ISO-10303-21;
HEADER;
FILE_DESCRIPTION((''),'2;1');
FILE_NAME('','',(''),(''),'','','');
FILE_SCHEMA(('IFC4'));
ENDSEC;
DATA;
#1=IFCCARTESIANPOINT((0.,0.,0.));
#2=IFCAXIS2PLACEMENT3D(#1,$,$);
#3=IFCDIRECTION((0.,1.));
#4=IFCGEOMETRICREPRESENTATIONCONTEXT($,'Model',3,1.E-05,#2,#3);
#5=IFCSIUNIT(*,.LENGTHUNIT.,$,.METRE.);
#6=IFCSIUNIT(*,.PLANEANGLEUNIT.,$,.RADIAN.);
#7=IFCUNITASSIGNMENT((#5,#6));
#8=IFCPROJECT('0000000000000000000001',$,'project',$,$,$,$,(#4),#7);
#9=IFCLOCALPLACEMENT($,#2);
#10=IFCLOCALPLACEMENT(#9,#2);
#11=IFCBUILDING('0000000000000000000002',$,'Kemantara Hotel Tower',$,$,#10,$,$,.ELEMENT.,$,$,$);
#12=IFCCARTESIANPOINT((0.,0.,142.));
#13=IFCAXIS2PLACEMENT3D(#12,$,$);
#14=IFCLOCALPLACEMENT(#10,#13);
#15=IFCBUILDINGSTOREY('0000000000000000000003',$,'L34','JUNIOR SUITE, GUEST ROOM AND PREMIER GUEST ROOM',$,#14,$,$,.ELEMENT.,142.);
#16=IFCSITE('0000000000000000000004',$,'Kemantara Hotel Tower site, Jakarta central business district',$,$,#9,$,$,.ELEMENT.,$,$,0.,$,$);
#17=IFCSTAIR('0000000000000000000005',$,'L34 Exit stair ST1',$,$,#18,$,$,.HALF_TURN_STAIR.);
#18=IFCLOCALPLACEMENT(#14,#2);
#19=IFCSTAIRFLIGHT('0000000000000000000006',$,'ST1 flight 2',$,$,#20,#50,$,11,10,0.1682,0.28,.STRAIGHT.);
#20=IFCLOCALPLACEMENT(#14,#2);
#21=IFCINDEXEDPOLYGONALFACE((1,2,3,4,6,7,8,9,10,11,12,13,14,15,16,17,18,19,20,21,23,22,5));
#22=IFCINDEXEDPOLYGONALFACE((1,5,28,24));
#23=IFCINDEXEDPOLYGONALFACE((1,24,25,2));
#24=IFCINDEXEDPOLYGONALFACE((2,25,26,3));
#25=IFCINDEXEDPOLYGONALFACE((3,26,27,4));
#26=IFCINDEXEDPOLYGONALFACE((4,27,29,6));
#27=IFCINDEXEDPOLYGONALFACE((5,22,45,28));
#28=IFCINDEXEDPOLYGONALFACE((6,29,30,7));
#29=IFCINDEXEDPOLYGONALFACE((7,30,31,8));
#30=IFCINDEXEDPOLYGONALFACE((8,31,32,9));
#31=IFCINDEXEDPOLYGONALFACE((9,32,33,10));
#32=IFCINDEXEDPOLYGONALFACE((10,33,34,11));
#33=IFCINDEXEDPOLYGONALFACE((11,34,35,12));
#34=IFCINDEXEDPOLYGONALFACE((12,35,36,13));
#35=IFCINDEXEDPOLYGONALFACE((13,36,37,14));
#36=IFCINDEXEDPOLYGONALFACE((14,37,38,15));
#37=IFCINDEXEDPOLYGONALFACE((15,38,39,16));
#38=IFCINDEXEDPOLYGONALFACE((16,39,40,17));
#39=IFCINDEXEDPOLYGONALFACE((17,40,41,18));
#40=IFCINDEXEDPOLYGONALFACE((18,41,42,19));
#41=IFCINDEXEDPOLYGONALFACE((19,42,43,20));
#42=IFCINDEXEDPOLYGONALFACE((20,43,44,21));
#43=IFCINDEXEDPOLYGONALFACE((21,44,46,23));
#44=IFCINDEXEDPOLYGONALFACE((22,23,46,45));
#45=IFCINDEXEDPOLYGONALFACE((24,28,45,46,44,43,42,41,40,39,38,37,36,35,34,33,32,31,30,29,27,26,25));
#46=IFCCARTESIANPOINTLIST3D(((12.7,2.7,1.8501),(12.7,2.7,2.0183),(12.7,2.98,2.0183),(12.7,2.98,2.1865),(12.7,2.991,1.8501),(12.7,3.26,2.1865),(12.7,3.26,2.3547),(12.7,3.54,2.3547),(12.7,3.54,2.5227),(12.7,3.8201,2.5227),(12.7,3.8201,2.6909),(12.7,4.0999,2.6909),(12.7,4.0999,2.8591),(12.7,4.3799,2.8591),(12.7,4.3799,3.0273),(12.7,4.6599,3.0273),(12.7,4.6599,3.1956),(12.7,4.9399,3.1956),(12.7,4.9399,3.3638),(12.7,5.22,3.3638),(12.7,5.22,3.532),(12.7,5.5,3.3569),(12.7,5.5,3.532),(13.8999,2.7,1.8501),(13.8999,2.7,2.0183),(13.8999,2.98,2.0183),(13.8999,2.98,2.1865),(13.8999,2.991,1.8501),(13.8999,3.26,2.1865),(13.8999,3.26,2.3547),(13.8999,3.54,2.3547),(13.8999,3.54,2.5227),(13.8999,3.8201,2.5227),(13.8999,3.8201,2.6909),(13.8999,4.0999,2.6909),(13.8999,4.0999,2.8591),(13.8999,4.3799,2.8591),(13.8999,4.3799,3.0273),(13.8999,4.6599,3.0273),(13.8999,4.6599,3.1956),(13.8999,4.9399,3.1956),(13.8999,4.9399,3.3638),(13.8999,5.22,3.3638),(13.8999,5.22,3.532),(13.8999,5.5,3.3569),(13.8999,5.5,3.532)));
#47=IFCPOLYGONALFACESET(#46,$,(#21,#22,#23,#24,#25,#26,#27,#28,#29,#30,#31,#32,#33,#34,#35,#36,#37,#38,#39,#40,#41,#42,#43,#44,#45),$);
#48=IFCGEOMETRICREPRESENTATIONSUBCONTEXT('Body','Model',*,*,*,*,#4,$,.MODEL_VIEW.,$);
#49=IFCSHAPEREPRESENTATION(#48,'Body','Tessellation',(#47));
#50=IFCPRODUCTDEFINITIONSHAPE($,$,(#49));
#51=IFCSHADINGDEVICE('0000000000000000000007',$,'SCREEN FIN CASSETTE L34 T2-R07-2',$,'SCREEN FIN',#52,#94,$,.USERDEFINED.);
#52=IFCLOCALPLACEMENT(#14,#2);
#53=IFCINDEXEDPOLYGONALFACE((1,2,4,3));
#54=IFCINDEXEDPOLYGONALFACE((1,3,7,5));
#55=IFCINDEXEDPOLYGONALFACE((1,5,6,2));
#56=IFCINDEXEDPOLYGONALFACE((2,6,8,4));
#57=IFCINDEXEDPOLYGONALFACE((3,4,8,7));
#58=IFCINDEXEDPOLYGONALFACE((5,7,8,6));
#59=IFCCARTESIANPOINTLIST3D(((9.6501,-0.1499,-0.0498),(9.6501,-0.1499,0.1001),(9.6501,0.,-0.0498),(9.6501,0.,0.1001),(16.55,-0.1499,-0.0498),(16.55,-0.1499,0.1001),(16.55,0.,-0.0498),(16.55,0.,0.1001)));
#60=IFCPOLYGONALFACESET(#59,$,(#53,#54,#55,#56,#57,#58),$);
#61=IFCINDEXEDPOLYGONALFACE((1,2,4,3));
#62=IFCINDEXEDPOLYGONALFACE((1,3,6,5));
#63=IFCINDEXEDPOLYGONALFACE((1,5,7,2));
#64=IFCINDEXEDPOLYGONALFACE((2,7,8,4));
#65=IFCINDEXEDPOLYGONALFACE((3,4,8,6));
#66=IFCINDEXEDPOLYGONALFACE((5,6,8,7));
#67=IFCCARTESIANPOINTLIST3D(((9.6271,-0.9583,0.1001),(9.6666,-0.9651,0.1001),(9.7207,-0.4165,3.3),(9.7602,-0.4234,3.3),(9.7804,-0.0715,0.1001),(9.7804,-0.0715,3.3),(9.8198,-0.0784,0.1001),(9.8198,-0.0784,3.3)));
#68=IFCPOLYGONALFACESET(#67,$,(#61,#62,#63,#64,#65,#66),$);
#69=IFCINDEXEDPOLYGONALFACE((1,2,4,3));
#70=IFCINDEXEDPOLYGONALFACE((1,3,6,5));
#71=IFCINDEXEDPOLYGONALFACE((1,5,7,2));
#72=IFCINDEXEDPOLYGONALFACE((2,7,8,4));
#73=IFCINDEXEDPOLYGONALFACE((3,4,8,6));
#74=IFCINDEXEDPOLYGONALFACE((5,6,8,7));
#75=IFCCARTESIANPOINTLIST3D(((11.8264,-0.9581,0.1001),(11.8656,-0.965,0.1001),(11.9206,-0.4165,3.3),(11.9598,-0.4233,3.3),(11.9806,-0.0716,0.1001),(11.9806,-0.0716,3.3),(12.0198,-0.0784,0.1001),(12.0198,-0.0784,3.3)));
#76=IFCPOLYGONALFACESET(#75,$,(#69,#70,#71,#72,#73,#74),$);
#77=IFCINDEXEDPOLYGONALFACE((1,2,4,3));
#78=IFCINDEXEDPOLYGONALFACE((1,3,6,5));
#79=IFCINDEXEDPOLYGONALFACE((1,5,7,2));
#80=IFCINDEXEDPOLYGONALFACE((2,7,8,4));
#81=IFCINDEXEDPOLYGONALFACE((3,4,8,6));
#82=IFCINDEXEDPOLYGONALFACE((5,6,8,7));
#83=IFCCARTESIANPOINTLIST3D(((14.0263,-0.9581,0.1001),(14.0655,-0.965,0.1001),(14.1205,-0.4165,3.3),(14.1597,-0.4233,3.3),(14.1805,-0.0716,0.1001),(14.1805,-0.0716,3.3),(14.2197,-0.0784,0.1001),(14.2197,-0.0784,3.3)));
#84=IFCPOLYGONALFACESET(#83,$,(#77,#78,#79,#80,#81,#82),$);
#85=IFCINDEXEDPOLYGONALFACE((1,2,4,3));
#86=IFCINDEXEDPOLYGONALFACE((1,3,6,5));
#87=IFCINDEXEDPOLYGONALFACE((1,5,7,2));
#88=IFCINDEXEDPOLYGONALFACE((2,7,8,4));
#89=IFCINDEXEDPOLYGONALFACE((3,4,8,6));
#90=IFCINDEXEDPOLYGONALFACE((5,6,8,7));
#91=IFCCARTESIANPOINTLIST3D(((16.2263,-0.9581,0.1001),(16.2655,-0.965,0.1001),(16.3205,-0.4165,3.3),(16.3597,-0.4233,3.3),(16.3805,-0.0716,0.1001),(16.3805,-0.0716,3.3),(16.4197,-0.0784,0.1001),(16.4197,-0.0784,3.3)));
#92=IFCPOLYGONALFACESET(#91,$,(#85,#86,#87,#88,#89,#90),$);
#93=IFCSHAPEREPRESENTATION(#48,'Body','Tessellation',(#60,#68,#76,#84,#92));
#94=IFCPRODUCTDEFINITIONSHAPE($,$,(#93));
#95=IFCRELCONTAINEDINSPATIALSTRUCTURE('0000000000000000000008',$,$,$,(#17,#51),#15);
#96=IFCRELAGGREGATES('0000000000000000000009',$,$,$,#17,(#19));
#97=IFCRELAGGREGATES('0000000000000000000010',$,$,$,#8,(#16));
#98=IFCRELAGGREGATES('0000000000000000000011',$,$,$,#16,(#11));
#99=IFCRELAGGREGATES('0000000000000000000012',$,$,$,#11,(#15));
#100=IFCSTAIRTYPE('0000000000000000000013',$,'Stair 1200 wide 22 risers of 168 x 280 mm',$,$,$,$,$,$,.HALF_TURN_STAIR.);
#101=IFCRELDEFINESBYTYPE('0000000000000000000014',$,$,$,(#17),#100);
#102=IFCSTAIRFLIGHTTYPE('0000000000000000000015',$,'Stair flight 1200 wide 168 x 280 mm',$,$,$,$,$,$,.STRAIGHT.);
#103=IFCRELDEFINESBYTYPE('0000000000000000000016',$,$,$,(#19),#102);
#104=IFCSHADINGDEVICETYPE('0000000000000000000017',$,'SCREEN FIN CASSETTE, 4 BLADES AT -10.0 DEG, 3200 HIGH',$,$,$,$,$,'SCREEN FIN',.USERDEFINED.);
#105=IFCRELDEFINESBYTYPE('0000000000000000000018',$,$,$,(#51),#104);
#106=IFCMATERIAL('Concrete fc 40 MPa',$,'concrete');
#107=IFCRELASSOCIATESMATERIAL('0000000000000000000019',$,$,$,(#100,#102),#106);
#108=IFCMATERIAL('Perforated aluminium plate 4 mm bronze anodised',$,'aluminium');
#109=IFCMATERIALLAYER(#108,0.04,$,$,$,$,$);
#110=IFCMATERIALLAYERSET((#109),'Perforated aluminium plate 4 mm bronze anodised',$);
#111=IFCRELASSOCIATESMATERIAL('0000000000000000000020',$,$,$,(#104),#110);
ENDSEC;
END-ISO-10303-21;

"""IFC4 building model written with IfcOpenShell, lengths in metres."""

from ifc_helpers import new_model, si_unit, direction, frame, origin, origin_2d, place, context, subcontext, project, spatial, polyline, rectangle, outline, extrude, source, transform, mapped, material, layer, layer_set, type_object, element, aggregate, save


model = new_model("IFC4")

# Units and contexts
model_context = context("Model", 3, precision=1e-05, world=origin(), true_north=direction((0.0, 1.0)))
body_context = subcontext(model_context, "Body", "Model", "MODEL_VIEW")
ifc_project = project(units=[si_unit("LENGTHUNIT", "METRE"), si_unit("PLANEANGLEUNIT", "RADIAN")], contexts=[model_context])

# Site, building, storey
site_placement = place(None, origin())
site = spatial("IfcSite", under=ifc_project, at=site_placement, Name="Kemantara Hotel Tower site, Jakarta central business district", CompositionType="ELEMENT", RefElevation=0.0)
building_placement = place(site_placement, origin())
building = spatial("IfcBuilding", under=site, at=building_placement, Name="Kemantara Hotel Tower", CompositionType="ELEMENT")
storey_placement = place(building_placement, frame((0.0, 0.0, 142.0)))
storey = spatial("IfcBuildingStorey", under=building, at=storey_placement, Name="L34", Description="JUNIOR SUITE, GUEST ROOM AND PREMIER GUEST ROOM", CompositionType="ELEMENT", Elevation=142.0)

# Stair, stair flight
ifc_material_1 = material(Name="Concrete fc 40 MPa", Category="concrete")
stair_type = type_object("IfcStairType", Name="Stair 1200 wide 22 risers of 168 x 280 mm", PredefinedType="HALF_TURN_STAIR", material=ifc_material_1)
stair_placement = place(storey_placement, origin())
stair = element("IfcStair", 1, at=stair_placement, inside=storey, type_object=stair_type, Name="L34 Exit stair ST1", PredefinedType="HALF_TURN_STAIR")
stair_flight_type = type_object("IfcStairFlightType", Name="Stair flight 1200 wide 168 x 280 mm", PredefinedType="STRAIGHT", material=ifc_material_1)
stair_flight_placement = place(storey_placement, frame((13.3, 2.7, 1.8501), z_axis=(0.0, 0.0, 1.0), x_axis=(0.0, 1.0, 0.0)))
stair_flight = element("IfcStairFlight", 2, at=stair_flight_placement, type_object=stair_flight_type, Name="ST1 flight 2", NumberOfRisers=11, NumberOfTreads=10, PredefinedType="STRAIGHT", RiserHeight=0.1682, TreadLength=0.28, context=body_context, shape_type="SweptSolid", body=[
    extrude(outline(polyline([(0.0, 0.0), (0.0, 0.1682), (0.28, 0.1682), (0.28, 0.3364), (0.5601, 0.3364), (0.5601, 0.5046), (0.8401, 0.5046), (0.8401, 0.6726), (1.1201, 0.6726), (1.1201, 0.8408), (1.3999, 0.8408), (1.3999, 1.009), (1.6799, 1.009), (1.6799, 1.1772), (1.96, 1.1772), (1.96, 1.3455), (2.24, 1.3455), (2.24, 1.5137), (2.52, 1.5137), (2.52, 1.6819), (2.8, 1.6819), (2.8, 1.8501), (2.8, 1.5068), (0.291, 0.0), (0.0, 0.0)])), frame((0.0, 0.6001, 0.0), z_axis=(0.0, -1.0, 0.0), x_axis=(1.0, 0.0, 0.0)), (0.0, 0.0, 1.0), 1.2),
])
aggregate(stair, [stair_flight])

# Shading device
ifc_material_2 = material(Name="Perforated aluminium plate 4 mm bronze anodised", Category="aluminium")
ifc_layer_1 = layer(ifc_material_2, 0.04)
ifc_layer_set_1 = layer_set([ifc_layer_1], Name="Perforated aluminium plate 4 mm bronze anodised")
shading_device_type = type_object("IfcShadingDeviceType", Name="SCREEN FIN CASSETTE, 4 BLADES AT -10.0 DEG, 3200 HIGH", ElementType="SCREEN FIN", PredefinedType="USERDEFINED", material=ifc_layer_set_1)
shared_shape = source(origin(), body_context, "Body", "SweptSolid", [
    extrude(rectangle(XDim=6.8999, YDim=0.1499, at=origin_2d()), frame((3.3, -0.075, -0.1499), z_axis=(0.0, 0.0, 1.0), x_axis=(1.0, 0.0, 0.0)), (0.0, 0.0, 1.0), 0.1499),
    extrude(outline(polyline([(0.0, 0.0), (0.8999, 0.0), (0.3501, 3.2), (0.0, 3.2), (0.0, 0.0)])), frame((0.0198, -0.0784, 0.0), z_axis=(-0.98539, 0.170314, 0.0), x_axis=(-0.170314, -0.98539, 0.0)), (0.0, 0.0, 1.0), 0.04),
    extrude(outline(polyline([(0.0, 0.0), (0.8999, 0.0), (0.3501, 3.2), (0.0, 3.2), (0.0, 0.0)])), frame((2.2197, -0.0784, 0.0), z_axis=(-0.985212, 0.171341, 0.0), x_axis=(-0.171341, -0.985212, 0.0)), (0.0, 0.0, 1.0), 0.0398),
    extrude(outline(polyline([(0.0, 0.0), (0.8999, 0.0), (0.3501, 3.2), (0.0, 3.2), (0.0, 0.0)])), frame((4.4197, -0.0784, 0.0), z_axis=(-0.985212, 0.171341, 0.0), x_axis=(-0.171341, -0.985212, 0.0)), (0.0, 0.0, 1.0), 0.0398),
    extrude(outline(polyline([(0.0, 0.0), (0.8999, 0.0), (0.3501, 3.2), (0.0, 3.2), (0.0, 0.0)])), frame((6.6196, -0.0784, 0.0), z_axis=(-0.985212, 0.171341, 0.0), x_axis=(-0.171341, -0.985212, 0.0)), (0.0, 0.0, 1.0), 0.0398),
])
shading_device_placement = place(storey_placement, frame((9.8, 0.0, 0.1001), z_axis=(0.0, 0.0, 1.0), x_axis=(1.0, 0.0, 0.0)))
element("IfcShadingDevice", 3, at=shading_device_placement, inside=storey, type_object=shading_device_type, Name="SCREEN FIN CASSETTE L34 T2-R07-2", ObjectType="SCREEN FIN", PredefinedType="USERDEFINED", context=body_context, shape_type="MappedRepresentation", body=[
    mapped(shared_shape, transform((0.0, 0.0, 0.0))),
])

save(model, "model.ifc")
